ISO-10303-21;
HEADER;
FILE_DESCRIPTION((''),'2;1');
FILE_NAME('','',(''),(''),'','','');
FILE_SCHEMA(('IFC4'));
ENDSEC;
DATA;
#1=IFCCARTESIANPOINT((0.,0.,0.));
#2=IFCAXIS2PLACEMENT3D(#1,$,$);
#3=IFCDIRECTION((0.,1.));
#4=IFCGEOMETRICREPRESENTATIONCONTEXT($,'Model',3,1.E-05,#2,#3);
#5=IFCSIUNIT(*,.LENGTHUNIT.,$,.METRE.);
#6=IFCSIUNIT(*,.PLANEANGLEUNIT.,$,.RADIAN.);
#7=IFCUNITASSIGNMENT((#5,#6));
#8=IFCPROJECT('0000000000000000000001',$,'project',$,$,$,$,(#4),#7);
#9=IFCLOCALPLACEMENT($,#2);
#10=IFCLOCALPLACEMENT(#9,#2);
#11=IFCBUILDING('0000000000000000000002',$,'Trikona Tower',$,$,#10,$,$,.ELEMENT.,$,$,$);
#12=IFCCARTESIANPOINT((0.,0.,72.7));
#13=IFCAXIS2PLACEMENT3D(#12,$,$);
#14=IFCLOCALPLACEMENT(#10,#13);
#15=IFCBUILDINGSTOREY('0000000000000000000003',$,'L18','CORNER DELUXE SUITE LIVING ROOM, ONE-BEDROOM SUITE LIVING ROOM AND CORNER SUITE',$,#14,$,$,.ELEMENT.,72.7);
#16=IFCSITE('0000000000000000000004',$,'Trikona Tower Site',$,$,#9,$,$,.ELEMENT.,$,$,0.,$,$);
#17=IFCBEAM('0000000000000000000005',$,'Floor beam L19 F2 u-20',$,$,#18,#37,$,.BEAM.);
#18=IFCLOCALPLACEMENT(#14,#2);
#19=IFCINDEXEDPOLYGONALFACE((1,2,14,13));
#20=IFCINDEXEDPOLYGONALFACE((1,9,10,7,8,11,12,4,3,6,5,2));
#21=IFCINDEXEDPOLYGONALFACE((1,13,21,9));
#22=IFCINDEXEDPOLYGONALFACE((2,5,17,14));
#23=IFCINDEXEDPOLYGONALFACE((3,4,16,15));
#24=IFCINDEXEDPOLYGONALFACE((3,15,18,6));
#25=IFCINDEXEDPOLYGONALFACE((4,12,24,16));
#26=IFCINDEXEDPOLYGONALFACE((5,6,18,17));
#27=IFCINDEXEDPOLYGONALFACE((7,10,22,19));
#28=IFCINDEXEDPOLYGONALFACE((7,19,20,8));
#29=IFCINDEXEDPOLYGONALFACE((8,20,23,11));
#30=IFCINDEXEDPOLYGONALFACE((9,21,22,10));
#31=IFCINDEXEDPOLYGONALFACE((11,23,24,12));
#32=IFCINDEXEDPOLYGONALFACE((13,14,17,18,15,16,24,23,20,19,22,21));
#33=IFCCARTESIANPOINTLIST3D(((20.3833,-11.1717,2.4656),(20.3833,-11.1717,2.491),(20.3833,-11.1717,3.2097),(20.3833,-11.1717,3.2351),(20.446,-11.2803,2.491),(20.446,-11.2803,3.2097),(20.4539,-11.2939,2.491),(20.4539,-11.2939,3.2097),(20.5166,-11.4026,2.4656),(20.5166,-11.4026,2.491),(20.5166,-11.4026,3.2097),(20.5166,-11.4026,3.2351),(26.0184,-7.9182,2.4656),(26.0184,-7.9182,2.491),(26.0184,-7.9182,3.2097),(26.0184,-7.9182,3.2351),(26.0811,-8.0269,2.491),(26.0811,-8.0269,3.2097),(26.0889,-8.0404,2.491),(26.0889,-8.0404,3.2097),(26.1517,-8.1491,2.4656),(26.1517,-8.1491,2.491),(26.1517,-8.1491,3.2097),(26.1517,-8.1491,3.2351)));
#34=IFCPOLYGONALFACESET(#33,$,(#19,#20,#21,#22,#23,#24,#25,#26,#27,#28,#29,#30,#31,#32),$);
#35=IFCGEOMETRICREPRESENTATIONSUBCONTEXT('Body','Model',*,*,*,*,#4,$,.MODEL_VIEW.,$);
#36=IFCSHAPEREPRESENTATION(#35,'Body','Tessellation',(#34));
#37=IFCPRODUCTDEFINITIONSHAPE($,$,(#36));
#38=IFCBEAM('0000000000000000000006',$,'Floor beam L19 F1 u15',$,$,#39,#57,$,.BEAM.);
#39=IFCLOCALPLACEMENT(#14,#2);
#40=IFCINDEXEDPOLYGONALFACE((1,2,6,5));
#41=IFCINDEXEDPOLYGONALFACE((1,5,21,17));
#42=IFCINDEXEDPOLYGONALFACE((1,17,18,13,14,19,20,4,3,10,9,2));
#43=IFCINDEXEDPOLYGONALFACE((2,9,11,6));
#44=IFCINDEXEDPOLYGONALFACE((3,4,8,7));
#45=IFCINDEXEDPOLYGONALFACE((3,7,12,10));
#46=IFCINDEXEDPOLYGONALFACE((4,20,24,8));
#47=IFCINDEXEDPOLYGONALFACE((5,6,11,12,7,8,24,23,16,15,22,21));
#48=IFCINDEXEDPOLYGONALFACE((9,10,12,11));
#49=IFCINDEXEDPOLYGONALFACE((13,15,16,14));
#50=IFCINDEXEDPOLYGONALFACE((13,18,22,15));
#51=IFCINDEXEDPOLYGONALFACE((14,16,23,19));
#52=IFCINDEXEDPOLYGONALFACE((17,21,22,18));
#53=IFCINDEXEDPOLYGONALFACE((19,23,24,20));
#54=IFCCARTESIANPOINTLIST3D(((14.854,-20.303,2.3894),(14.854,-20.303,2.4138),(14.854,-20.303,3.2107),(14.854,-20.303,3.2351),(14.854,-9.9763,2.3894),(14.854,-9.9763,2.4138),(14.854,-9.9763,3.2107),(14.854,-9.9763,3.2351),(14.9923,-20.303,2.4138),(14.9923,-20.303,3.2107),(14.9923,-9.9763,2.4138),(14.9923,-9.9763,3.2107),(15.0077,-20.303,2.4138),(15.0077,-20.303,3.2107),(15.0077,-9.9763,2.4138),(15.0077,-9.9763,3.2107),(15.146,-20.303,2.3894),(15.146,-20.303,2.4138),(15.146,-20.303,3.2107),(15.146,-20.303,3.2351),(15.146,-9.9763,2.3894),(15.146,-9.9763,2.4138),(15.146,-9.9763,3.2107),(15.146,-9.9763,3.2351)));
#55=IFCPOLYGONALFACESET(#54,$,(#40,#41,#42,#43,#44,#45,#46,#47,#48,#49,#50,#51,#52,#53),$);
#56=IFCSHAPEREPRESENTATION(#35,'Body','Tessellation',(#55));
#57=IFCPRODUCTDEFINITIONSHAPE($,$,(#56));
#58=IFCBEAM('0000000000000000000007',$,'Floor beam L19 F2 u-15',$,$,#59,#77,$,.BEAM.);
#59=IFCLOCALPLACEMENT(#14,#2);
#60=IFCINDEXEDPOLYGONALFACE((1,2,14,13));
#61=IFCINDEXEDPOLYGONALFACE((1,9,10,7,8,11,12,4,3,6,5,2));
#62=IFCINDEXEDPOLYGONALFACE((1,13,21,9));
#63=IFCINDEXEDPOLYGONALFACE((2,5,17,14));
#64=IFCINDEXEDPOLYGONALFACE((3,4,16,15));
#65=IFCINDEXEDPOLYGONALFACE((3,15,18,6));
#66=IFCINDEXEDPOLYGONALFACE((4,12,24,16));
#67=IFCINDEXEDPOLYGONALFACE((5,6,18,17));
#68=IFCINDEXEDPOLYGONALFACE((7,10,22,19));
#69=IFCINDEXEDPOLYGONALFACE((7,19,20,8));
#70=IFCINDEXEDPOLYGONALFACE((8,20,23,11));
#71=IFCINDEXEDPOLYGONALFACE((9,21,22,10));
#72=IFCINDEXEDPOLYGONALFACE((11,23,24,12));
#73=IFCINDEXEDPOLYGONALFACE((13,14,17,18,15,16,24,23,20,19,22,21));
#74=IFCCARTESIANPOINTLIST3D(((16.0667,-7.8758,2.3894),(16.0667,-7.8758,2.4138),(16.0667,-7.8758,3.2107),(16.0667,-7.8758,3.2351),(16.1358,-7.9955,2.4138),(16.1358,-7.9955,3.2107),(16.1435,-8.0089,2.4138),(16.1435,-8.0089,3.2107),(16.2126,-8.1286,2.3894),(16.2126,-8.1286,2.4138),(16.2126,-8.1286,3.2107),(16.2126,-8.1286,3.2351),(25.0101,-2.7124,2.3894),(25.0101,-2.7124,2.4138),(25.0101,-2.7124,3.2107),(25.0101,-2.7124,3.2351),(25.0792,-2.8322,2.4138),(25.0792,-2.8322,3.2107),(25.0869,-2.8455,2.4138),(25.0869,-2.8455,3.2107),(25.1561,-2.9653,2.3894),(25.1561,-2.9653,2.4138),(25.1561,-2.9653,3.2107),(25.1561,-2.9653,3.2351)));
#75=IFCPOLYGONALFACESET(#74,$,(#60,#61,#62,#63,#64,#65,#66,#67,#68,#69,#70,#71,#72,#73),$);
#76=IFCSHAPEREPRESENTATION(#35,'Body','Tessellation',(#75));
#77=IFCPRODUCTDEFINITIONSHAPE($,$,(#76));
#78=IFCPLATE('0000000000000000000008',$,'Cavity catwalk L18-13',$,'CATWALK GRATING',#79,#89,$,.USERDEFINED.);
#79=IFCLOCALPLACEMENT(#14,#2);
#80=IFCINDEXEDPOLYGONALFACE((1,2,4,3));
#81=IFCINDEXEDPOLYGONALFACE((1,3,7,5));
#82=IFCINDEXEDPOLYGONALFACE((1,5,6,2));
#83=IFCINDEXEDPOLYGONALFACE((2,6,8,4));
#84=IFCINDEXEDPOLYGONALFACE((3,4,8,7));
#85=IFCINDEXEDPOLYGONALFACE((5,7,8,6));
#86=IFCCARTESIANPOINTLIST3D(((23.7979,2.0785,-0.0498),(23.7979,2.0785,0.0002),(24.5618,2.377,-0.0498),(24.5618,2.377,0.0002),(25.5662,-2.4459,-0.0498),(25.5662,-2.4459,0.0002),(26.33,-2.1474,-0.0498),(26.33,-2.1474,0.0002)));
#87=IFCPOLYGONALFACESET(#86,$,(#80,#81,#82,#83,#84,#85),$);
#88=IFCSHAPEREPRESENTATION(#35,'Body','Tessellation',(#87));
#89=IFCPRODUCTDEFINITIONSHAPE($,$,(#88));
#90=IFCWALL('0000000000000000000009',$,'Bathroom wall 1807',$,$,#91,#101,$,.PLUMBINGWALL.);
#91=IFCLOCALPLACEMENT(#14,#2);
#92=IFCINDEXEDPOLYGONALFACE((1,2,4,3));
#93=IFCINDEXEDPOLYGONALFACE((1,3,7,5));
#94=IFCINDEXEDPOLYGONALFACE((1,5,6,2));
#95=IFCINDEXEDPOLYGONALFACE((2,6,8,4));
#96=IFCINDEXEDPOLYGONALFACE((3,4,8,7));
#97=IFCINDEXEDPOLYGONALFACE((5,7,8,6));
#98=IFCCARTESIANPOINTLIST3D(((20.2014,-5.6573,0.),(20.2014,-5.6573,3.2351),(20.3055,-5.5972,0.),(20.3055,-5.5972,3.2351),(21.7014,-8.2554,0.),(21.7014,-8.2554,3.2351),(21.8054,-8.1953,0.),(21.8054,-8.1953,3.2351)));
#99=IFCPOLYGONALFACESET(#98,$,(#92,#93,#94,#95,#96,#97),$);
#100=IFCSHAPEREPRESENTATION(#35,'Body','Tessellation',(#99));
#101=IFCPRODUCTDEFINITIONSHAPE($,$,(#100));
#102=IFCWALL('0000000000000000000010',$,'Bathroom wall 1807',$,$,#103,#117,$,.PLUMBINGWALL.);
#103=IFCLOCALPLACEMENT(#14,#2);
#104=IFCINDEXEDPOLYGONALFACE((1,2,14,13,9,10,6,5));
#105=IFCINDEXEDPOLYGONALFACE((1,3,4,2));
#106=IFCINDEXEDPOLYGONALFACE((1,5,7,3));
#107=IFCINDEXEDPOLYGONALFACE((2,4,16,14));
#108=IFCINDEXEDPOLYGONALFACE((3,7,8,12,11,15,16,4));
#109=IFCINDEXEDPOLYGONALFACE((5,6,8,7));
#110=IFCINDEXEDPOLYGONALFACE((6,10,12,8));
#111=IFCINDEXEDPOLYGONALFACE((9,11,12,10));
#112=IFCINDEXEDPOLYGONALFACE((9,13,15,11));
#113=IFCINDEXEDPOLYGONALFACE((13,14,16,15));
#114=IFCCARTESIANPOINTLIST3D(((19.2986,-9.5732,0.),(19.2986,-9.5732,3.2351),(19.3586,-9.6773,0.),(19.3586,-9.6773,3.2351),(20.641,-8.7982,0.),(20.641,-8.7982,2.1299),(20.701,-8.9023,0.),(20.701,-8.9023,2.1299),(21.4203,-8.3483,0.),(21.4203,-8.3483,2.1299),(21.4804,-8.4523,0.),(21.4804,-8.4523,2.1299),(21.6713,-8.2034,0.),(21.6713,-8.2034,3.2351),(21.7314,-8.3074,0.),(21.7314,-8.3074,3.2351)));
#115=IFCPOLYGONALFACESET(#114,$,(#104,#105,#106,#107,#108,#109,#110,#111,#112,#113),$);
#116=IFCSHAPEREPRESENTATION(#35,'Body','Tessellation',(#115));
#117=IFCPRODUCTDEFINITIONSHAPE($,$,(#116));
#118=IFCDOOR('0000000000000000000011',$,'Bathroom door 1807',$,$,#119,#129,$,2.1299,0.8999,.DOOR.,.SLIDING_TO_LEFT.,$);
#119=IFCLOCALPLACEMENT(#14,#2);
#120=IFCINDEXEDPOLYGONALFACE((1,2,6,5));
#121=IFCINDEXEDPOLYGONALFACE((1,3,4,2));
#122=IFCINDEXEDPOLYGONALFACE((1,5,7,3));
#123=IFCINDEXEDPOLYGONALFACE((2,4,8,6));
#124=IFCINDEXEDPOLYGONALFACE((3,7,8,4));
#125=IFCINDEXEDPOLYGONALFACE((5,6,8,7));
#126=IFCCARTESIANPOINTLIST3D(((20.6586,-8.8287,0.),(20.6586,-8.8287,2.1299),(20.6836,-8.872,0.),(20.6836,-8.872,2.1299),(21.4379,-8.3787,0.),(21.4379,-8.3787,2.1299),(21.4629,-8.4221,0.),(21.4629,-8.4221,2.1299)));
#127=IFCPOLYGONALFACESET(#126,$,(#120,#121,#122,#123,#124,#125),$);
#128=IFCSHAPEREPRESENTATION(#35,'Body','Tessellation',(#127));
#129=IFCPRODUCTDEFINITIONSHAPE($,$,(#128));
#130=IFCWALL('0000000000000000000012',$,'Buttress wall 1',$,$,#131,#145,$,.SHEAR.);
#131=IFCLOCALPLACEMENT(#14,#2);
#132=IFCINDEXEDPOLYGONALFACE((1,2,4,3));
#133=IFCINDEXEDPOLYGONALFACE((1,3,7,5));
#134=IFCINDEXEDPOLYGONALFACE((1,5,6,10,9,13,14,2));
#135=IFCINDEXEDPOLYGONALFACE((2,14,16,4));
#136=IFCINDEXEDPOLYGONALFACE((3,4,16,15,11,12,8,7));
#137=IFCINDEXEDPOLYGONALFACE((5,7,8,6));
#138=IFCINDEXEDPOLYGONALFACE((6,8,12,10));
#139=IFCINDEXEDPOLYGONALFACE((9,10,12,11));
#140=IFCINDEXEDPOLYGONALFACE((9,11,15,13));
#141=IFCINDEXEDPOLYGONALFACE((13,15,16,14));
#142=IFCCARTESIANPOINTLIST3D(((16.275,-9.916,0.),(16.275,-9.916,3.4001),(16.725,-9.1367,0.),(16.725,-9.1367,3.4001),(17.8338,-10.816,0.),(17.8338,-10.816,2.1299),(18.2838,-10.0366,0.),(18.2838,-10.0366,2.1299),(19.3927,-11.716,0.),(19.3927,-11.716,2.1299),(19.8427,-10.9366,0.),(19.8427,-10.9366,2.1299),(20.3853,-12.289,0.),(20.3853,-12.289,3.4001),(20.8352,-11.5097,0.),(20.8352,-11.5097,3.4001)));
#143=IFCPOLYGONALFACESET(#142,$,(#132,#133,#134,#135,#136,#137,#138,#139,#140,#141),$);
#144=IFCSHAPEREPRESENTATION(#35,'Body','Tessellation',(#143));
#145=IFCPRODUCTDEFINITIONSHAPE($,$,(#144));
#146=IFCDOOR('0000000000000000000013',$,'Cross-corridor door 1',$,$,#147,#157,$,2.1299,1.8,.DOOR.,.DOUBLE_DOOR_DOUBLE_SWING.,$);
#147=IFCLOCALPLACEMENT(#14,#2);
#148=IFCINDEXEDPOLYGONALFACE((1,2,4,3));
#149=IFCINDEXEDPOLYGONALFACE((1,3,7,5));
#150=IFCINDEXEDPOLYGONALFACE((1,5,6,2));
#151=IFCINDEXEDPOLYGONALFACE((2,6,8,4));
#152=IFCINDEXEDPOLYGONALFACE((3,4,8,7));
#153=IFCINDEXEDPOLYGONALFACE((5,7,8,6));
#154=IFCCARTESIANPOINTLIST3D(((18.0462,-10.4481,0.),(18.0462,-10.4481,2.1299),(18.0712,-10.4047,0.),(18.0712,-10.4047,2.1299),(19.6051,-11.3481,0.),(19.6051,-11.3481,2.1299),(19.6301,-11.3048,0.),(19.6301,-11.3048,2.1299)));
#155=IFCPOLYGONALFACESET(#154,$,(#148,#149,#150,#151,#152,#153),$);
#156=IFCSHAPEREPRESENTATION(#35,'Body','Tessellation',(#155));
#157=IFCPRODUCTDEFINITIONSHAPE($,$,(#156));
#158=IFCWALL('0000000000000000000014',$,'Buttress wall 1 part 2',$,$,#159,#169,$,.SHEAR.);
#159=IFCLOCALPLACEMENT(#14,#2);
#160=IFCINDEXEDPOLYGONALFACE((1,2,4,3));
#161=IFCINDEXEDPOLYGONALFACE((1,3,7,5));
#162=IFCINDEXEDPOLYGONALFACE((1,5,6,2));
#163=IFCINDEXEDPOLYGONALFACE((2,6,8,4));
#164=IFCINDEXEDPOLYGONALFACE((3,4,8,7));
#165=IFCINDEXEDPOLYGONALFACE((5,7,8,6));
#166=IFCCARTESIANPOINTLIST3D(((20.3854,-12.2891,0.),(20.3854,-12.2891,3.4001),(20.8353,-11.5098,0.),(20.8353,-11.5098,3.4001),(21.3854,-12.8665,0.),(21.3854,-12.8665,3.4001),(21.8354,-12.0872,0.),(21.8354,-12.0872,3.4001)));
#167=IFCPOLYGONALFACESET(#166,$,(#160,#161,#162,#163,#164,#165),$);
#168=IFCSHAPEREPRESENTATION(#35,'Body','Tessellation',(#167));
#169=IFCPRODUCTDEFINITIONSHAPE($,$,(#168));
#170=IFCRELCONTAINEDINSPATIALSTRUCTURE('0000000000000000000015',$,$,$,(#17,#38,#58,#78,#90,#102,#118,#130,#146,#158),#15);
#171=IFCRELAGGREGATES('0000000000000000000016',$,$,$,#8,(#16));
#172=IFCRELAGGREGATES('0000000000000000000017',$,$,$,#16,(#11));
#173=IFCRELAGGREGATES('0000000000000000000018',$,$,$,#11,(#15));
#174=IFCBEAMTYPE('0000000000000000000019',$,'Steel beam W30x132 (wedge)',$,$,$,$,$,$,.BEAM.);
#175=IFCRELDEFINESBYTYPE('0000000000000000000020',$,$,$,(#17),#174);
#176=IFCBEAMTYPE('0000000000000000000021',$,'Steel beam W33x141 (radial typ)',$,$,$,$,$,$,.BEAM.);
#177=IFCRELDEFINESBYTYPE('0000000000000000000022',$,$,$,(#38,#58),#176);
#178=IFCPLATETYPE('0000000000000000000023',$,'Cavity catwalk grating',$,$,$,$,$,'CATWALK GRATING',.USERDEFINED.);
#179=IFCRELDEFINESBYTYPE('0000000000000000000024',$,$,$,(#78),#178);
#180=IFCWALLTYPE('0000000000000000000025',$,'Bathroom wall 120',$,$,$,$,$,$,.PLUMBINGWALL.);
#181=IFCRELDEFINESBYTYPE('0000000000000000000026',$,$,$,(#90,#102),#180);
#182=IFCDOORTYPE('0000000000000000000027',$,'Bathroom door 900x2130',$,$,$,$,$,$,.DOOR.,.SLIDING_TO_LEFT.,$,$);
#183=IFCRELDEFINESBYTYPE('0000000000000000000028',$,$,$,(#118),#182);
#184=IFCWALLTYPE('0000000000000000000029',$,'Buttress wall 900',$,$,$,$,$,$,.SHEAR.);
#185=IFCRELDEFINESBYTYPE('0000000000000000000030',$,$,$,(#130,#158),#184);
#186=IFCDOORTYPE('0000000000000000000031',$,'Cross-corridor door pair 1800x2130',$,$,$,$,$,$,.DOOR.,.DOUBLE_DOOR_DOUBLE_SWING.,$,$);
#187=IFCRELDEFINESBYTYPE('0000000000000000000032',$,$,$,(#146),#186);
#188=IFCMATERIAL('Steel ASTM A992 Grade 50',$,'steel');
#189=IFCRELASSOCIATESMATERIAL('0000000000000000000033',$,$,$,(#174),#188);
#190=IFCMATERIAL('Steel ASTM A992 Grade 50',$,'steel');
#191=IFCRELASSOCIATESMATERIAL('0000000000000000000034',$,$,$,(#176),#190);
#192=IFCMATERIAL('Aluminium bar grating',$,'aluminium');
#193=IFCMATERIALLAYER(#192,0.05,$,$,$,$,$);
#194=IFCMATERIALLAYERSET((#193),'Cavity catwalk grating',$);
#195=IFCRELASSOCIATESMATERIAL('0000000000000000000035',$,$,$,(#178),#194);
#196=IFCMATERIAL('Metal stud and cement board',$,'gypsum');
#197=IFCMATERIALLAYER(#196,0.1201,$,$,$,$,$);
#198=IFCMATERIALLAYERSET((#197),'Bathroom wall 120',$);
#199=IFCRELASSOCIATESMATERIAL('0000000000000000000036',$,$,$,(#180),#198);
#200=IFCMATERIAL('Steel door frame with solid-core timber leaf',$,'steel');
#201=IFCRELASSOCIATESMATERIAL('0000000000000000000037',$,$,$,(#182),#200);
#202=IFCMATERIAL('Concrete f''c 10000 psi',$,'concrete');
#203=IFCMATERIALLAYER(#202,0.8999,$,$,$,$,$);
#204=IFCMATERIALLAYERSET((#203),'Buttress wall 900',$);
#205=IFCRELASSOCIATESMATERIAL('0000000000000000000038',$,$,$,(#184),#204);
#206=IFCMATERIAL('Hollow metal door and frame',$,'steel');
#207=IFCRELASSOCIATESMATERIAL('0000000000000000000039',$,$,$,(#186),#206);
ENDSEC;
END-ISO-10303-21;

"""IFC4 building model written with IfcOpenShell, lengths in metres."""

from ifc_helpers import new_model, si_unit, direction, frame, frame_2d, origin, origin_2d, place, context, subcontext, project, spatial, rectangle, i_section, extrude, material, layer, layer_set, material_profile, profile_set, type_object, element, fill, save


model = new_model("IFC4")

# Units and contexts
model_context = context("Model", 3, precision=1e-05, world=origin(), true_north=direction((0.0, 1.0)))
body_context = subcontext(model_context, "Body", "Model", "MODEL_VIEW")
ifc_project = project(units=[si_unit("LENGTHUNIT", "METRE"), si_unit("PLANEANGLEUNIT", "RADIAN")], contexts=[model_context])

# Site, building, storey
site_placement = place(None, origin())
site = spatial("IfcSite", under=ifc_project, at=site_placement, Name="Trikona Tower Site", CompositionType="ELEMENT", RefElevation=0.0)
building_placement = place(site_placement, origin())
building = spatial("IfcBuilding", under=site, at=building_placement, Name="Trikona Tower", CompositionType="ELEMENT")
storey_placement = place(building_placement, frame((0.0, 0.0, 72.7)))
storey = spatial("IfcBuildingStorey", under=building, at=storey_placement, Name="L18", Description="CORNER DELUXE SUITE LIVING ROOM, ONE-BEDROOM SUITE LIVING ROOM AND CORNER SUITE", CompositionType="ELEMENT", Elevation=72.7)

# Beams
ifc_material_1 = material(Name="Steel ASTM A992 Grade 50", Category="steel")
ifc_material_profile_1 = material_profile(ifc_material_1, i_section(OverallWidth=0.2666, OverallDepth=0.7695, WebThickness=0.0156, FlangeThickness=0.0254, at=origin_2d()), Name="W30X132")
ifc_profile_set_1 = profile_set([ifc_material_profile_1], Name="Steel ASTM A992 Grade 50")
beam_type_1 = type_object("IfcBeamType", Name="Steel beam W30x132 (wedge)", PredefinedType="BEAM", material=ifc_profile_set_1)
beam_1_placement = place(storey_placement, frame((20.45, -11.2871, 2.8503), z_axis=(0.866023, 0.500005, 0.0), x_axis=(-0.500005, 0.866023, 0.0)))
element("IfcBeam", 1, at=beam_1_placement, inside=storey, type_object=beam_type_1, Name="Floor beam L19 F2 u-20", PredefinedType="BEAM", context=body_context, shape_type="SweptSolid", body=[
    extrude(i_section(OverallWidth=0.2666, OverallDepth=0.7695, WebThickness=0.0156, FlangeThickness=0.0254, at=origin_2d()), origin(), (0.0, 0.0, 1.0), 6.5068),
])
ifc_material_2 = material(Name="Steel ASTM A992 Grade 50", Category="steel")
ifc_material_profile_2 = material_profile(ifc_material_2, i_section(OverallWidth=0.292, OverallDepth=0.8457, WebThickness=0.0154, FlangeThickness=0.0244, at=origin_2d()), Name="W33X141")
ifc_profile_set_2 = profile_set([ifc_material_profile_2], Name="Steel ASTM A992 Grade 50")
beam_type_2 = type_object("IfcBeamType", Name="Steel beam W33x141 (radial typ)", PredefinedType="BEAM", material=ifc_profile_set_2)
beam_2_placement = place(storey_placement, frame((15.0, -9.9763, 2.8123), z_axis=(0.0, -1.0, 0.0), x_axis=(1.0, 0.0, 0.0)))
element("IfcBeam", 2, at=beam_2_placement, inside=storey, type_object=beam_type_2, Name="Floor beam L19 F1 u15", PredefinedType="BEAM", context=body_context, shape_type="SweptSolid", body=[
    extrude(i_section(OverallWidth=0.292, OverallDepth=0.8457, WebThickness=0.0154, FlangeThickness=0.0244, at=origin_2d()), origin(), (0.0, 0.0, 1.0), 10.3267),
])
beam_3_placement = place(storey_placement, frame((16.1396, -8.0022, 2.8123), z_axis=(0.86603, 0.499991, 0.0), x_axis=(-0.499991, 0.86603, 0.0)))
element("IfcBeam", 3, at=beam_3_placement, inside=storey, type_object=beam_type_2, Name="Floor beam L19 F2 u-15", PredefinedType="BEAM", context=body_context, shape_type="SweptSolid", body=[
    extrude(i_section(OverallWidth=0.292, OverallDepth=0.8457, WebThickness=0.0154, FlangeThickness=0.0244, at=origin_2d()), origin(), (0.0, 0.0, 1.0), 10.3269),
])

# Plate
ifc_material_3 = material(Name="Aluminium bar grating", Category="aluminium")
ifc_layer_1 = layer(ifc_material_3, 0.05)
ifc_layer_set_1 = layer_set([ifc_layer_1], Name="Cavity catwalk grating")
plate_type = type_object("IfcPlateType", Name="Cavity catwalk grating", ElementType="CATWALK GRATING", PredefinedType="USERDEFINED", material=ifc_layer_set_1)
plate_placement = place(storey_placement, frame((25.064, -0.0344, -0.0498), z_axis=(0.0, 0.0, 1.0), x_axis=(-0.364009, 0.931395, 0.0)))
element("IfcPlate", 4, at=plate_placement, inside=storey, type_object=plate_type, Name="Cavity catwalk L18-13", ObjectType="CATWALK GRATING", PredefinedType="USERDEFINED", context=body_context, shape_type="SweptSolid", body=[
    extrude(rectangle(XDim=4.8577, YDim=0.8201, at=origin_2d()), origin(), (0.0, 0.0, 1.0), 0.05),
])

# Wall
ifc_material_4 = material(Name="Metal stud and cement board", Category="gypsum")
ifc_layer_2 = layer(ifc_material_4, 0.1201)
ifc_layer_set_2 = layer_set([ifc_layer_2], Name="Bathroom wall 120")
wall_type_1 = type_object("IfcWallType", Name="Bathroom wall 120", PredefinedType="PLUMBINGWALL", material=ifc_layer_set_2)
wall_1_placement = place(storey_placement, frame((21.7534, -8.2253, 0.0), z_axis=(0.0, 0.0, 1.0), x_axis=(-0.49999, 0.866031, 0.0)))
element("IfcWall", 5, at=wall_1_placement, inside=storey, type_object=wall_type_1, Name="Bathroom wall 1807", PredefinedType="PLUMBINGWALL", context=body_context, shape_type="SweptSolid", body=[
    extrude(rectangle(XDim=3.0, YDim=0.1201, at=frame_2d((1.5, 0.0))), origin(), (0.0, 0.0, 1.0), 3.2351),
])

# Walls, openings, doors
wall_2_placement = place(storey_placement, frame((19.3286, -9.6252, 0.0), z_axis=(0.0, 0.0, 1.0), x_axis=(0.866036, 0.499982, 0.0)))
wall_2 = element("IfcWall", 6, at=wall_2_placement, inside=storey, type_object=wall_type_1, Name="Bathroom wall 1807", PredefinedType="PLUMBINGWALL", context=body_context, shape_type="SweptSolid", body=[
    extrude(rectangle(XDim=2.7397, YDim=0.1201, at=frame_2d((1.3699, 0.0))), origin(), (0.0, 0.0, 1.0), 3.2351),
])
opening_1_placement = place(wall_2_placement, frame((1.55, 0.0, 0.0)))
opening_1 = element("IfcOpeningElement", 7, at=opening_1_placement, cuts=wall_2, PredefinedType="OPENING", context=body_context, shape_type="SweptSolid", body=[
    extrude(rectangle(XDim=0.8999, YDim=2.1299, at=frame_2d((0.45, 1.0649))), frame((0.0, 0.0701, 0.0), z_axis=(0.0, -1.0, 0.0), x_axis=(1.0, 0.0, 0.0)), (0.0, 0.0, 1.0), 0.1401),
])
ifc_material_5 = material(Name="Steel door frame with solid-core timber leaf", Category="steel")
door_type_1 = type_object("IfcDoorType", Name="Bathroom door 900x2130", OperationType="SLIDING_TO_LEFT", PredefinedType="DOOR", material=ifc_material_5)
door_1_placement = place(opening_1_placement, origin())
door_1 = element("IfcDoor", 8, at=door_1_placement, inside=storey, type_object=door_type_1, Name="Bathroom door 1807", OperationType="SLIDING_TO_LEFT", OverallHeight=2.1299, OverallWidth=0.8999, PredefinedType="DOOR", context=body_context, shape_type="SweptSolid", body=[
    extrude(rectangle(XDim=0.8999, YDim=2.1299, at=frame_2d((0.45, 1.0649))), frame((0.0, 0.0249, 0.0), z_axis=(0.0, -1.0, 0.0), x_axis=(1.0, 0.0, 0.0)), (0.0, 0.0, 1.0), 0.05),
])
fill(opening_1, door_1)
ifc_material_6 = material(Name="Concrete f'c 10000 psi", Category="concrete")
ifc_layer_3 = layer(ifc_material_6, 0.8999)
ifc_layer_set_3 = layer_set([ifc_layer_3], Name="Buttress wall 900")
wall_type_2 = type_object("IfcWallType", Name="Buttress wall 900", PredefinedType="SHEAR", material=ifc_layer_set_3)
wall_3_placement = place(storey_placement, frame((16.5, -9.5264, 0.0), z_axis=(0.0, 0.0, 1.0), x_axis=(0.866031, -0.49999, 0.0)))
wall_3 = element("IfcWall", 9, at=wall_3_placement, inside=storey, type_object=wall_type_2, Name="Buttress wall 1", PredefinedType="SHEAR", context=body_context, shape_type="SweptSolid", body=[
    extrude(rectangle(XDim=4.7461, YDim=0.8999, at=frame_2d((2.373, 0.0))), origin(), (0.0, 0.0, 1.0), 3.4001),
])
opening_2_placement = place(wall_3_placement, frame((1.8, 0.0, 0.0)))
opening_2 = element("IfcOpeningElement", 10, at=opening_2_placement, cuts=wall_3, PredefinedType="OPENING", context=body_context, shape_type="SweptSolid", body=[
    extrude(rectangle(XDim=1.8, YDim=2.1299, at=frame_2d((0.8999, 1.0649))), frame((0.0, 0.46, 0.0), z_axis=(0.0, -1.0, 0.0), x_axis=(1.0, 0.0, 0.0)), (0.0, 0.0, 1.0), 0.9199),
])
ifc_material_7 = material(Name="Hollow metal door and frame", Category="steel")
door_type_2 = type_object("IfcDoorType", Name="Cross-corridor door pair 1800x2130", OperationType="DOUBLE_DOOR_DOUBLE_SWING", PredefinedType="DOOR", material=ifc_material_7)
door_2_placement = place(opening_2_placement, origin())
door_2 = element("IfcDoor", 11, at=door_2_placement, inside=storey, type_object=door_type_2, Name="Cross-corridor door 1", OperationType="DOUBLE_DOOR_DOUBLE_SWING", OverallHeight=2.1299, OverallWidth=1.8, PredefinedType="DOOR", context=body_context, shape_type="SweptSolid", body=[
    extrude(rectangle(XDim=1.8, YDim=2.1299, at=frame_2d((0.8999, 1.0649))), frame((0.0, 0.0249, 0.0), z_axis=(0.0, -1.0, 0.0), x_axis=(1.0, 0.0, 0.0)), (0.0, 0.0, 1.0), 0.05),
])
fill(opening_2, door_2)

# Wall
wall_4_placement = place(storey_placement, frame((20.6104, -11.8994, 0.0), z_axis=(0.0, 0.0, 1.0), x_axis=(0.86601, -0.500027, 0.0)))
element("IfcWall", 12, at=wall_4_placement, inside=storey, type_object=wall_type_2, Name="Buttress wall 1 part 2", PredefinedType="SHEAR", context=body_context, shape_type="SweptSolid", body=[
    extrude(rectangle(XDim=1.1548, YDim=0.8999, at=frame_2d((0.5774, 0.0))), origin(), (0.0, 0.0, 1.0), 3.4001),
])

save(model, "model.ifc")
